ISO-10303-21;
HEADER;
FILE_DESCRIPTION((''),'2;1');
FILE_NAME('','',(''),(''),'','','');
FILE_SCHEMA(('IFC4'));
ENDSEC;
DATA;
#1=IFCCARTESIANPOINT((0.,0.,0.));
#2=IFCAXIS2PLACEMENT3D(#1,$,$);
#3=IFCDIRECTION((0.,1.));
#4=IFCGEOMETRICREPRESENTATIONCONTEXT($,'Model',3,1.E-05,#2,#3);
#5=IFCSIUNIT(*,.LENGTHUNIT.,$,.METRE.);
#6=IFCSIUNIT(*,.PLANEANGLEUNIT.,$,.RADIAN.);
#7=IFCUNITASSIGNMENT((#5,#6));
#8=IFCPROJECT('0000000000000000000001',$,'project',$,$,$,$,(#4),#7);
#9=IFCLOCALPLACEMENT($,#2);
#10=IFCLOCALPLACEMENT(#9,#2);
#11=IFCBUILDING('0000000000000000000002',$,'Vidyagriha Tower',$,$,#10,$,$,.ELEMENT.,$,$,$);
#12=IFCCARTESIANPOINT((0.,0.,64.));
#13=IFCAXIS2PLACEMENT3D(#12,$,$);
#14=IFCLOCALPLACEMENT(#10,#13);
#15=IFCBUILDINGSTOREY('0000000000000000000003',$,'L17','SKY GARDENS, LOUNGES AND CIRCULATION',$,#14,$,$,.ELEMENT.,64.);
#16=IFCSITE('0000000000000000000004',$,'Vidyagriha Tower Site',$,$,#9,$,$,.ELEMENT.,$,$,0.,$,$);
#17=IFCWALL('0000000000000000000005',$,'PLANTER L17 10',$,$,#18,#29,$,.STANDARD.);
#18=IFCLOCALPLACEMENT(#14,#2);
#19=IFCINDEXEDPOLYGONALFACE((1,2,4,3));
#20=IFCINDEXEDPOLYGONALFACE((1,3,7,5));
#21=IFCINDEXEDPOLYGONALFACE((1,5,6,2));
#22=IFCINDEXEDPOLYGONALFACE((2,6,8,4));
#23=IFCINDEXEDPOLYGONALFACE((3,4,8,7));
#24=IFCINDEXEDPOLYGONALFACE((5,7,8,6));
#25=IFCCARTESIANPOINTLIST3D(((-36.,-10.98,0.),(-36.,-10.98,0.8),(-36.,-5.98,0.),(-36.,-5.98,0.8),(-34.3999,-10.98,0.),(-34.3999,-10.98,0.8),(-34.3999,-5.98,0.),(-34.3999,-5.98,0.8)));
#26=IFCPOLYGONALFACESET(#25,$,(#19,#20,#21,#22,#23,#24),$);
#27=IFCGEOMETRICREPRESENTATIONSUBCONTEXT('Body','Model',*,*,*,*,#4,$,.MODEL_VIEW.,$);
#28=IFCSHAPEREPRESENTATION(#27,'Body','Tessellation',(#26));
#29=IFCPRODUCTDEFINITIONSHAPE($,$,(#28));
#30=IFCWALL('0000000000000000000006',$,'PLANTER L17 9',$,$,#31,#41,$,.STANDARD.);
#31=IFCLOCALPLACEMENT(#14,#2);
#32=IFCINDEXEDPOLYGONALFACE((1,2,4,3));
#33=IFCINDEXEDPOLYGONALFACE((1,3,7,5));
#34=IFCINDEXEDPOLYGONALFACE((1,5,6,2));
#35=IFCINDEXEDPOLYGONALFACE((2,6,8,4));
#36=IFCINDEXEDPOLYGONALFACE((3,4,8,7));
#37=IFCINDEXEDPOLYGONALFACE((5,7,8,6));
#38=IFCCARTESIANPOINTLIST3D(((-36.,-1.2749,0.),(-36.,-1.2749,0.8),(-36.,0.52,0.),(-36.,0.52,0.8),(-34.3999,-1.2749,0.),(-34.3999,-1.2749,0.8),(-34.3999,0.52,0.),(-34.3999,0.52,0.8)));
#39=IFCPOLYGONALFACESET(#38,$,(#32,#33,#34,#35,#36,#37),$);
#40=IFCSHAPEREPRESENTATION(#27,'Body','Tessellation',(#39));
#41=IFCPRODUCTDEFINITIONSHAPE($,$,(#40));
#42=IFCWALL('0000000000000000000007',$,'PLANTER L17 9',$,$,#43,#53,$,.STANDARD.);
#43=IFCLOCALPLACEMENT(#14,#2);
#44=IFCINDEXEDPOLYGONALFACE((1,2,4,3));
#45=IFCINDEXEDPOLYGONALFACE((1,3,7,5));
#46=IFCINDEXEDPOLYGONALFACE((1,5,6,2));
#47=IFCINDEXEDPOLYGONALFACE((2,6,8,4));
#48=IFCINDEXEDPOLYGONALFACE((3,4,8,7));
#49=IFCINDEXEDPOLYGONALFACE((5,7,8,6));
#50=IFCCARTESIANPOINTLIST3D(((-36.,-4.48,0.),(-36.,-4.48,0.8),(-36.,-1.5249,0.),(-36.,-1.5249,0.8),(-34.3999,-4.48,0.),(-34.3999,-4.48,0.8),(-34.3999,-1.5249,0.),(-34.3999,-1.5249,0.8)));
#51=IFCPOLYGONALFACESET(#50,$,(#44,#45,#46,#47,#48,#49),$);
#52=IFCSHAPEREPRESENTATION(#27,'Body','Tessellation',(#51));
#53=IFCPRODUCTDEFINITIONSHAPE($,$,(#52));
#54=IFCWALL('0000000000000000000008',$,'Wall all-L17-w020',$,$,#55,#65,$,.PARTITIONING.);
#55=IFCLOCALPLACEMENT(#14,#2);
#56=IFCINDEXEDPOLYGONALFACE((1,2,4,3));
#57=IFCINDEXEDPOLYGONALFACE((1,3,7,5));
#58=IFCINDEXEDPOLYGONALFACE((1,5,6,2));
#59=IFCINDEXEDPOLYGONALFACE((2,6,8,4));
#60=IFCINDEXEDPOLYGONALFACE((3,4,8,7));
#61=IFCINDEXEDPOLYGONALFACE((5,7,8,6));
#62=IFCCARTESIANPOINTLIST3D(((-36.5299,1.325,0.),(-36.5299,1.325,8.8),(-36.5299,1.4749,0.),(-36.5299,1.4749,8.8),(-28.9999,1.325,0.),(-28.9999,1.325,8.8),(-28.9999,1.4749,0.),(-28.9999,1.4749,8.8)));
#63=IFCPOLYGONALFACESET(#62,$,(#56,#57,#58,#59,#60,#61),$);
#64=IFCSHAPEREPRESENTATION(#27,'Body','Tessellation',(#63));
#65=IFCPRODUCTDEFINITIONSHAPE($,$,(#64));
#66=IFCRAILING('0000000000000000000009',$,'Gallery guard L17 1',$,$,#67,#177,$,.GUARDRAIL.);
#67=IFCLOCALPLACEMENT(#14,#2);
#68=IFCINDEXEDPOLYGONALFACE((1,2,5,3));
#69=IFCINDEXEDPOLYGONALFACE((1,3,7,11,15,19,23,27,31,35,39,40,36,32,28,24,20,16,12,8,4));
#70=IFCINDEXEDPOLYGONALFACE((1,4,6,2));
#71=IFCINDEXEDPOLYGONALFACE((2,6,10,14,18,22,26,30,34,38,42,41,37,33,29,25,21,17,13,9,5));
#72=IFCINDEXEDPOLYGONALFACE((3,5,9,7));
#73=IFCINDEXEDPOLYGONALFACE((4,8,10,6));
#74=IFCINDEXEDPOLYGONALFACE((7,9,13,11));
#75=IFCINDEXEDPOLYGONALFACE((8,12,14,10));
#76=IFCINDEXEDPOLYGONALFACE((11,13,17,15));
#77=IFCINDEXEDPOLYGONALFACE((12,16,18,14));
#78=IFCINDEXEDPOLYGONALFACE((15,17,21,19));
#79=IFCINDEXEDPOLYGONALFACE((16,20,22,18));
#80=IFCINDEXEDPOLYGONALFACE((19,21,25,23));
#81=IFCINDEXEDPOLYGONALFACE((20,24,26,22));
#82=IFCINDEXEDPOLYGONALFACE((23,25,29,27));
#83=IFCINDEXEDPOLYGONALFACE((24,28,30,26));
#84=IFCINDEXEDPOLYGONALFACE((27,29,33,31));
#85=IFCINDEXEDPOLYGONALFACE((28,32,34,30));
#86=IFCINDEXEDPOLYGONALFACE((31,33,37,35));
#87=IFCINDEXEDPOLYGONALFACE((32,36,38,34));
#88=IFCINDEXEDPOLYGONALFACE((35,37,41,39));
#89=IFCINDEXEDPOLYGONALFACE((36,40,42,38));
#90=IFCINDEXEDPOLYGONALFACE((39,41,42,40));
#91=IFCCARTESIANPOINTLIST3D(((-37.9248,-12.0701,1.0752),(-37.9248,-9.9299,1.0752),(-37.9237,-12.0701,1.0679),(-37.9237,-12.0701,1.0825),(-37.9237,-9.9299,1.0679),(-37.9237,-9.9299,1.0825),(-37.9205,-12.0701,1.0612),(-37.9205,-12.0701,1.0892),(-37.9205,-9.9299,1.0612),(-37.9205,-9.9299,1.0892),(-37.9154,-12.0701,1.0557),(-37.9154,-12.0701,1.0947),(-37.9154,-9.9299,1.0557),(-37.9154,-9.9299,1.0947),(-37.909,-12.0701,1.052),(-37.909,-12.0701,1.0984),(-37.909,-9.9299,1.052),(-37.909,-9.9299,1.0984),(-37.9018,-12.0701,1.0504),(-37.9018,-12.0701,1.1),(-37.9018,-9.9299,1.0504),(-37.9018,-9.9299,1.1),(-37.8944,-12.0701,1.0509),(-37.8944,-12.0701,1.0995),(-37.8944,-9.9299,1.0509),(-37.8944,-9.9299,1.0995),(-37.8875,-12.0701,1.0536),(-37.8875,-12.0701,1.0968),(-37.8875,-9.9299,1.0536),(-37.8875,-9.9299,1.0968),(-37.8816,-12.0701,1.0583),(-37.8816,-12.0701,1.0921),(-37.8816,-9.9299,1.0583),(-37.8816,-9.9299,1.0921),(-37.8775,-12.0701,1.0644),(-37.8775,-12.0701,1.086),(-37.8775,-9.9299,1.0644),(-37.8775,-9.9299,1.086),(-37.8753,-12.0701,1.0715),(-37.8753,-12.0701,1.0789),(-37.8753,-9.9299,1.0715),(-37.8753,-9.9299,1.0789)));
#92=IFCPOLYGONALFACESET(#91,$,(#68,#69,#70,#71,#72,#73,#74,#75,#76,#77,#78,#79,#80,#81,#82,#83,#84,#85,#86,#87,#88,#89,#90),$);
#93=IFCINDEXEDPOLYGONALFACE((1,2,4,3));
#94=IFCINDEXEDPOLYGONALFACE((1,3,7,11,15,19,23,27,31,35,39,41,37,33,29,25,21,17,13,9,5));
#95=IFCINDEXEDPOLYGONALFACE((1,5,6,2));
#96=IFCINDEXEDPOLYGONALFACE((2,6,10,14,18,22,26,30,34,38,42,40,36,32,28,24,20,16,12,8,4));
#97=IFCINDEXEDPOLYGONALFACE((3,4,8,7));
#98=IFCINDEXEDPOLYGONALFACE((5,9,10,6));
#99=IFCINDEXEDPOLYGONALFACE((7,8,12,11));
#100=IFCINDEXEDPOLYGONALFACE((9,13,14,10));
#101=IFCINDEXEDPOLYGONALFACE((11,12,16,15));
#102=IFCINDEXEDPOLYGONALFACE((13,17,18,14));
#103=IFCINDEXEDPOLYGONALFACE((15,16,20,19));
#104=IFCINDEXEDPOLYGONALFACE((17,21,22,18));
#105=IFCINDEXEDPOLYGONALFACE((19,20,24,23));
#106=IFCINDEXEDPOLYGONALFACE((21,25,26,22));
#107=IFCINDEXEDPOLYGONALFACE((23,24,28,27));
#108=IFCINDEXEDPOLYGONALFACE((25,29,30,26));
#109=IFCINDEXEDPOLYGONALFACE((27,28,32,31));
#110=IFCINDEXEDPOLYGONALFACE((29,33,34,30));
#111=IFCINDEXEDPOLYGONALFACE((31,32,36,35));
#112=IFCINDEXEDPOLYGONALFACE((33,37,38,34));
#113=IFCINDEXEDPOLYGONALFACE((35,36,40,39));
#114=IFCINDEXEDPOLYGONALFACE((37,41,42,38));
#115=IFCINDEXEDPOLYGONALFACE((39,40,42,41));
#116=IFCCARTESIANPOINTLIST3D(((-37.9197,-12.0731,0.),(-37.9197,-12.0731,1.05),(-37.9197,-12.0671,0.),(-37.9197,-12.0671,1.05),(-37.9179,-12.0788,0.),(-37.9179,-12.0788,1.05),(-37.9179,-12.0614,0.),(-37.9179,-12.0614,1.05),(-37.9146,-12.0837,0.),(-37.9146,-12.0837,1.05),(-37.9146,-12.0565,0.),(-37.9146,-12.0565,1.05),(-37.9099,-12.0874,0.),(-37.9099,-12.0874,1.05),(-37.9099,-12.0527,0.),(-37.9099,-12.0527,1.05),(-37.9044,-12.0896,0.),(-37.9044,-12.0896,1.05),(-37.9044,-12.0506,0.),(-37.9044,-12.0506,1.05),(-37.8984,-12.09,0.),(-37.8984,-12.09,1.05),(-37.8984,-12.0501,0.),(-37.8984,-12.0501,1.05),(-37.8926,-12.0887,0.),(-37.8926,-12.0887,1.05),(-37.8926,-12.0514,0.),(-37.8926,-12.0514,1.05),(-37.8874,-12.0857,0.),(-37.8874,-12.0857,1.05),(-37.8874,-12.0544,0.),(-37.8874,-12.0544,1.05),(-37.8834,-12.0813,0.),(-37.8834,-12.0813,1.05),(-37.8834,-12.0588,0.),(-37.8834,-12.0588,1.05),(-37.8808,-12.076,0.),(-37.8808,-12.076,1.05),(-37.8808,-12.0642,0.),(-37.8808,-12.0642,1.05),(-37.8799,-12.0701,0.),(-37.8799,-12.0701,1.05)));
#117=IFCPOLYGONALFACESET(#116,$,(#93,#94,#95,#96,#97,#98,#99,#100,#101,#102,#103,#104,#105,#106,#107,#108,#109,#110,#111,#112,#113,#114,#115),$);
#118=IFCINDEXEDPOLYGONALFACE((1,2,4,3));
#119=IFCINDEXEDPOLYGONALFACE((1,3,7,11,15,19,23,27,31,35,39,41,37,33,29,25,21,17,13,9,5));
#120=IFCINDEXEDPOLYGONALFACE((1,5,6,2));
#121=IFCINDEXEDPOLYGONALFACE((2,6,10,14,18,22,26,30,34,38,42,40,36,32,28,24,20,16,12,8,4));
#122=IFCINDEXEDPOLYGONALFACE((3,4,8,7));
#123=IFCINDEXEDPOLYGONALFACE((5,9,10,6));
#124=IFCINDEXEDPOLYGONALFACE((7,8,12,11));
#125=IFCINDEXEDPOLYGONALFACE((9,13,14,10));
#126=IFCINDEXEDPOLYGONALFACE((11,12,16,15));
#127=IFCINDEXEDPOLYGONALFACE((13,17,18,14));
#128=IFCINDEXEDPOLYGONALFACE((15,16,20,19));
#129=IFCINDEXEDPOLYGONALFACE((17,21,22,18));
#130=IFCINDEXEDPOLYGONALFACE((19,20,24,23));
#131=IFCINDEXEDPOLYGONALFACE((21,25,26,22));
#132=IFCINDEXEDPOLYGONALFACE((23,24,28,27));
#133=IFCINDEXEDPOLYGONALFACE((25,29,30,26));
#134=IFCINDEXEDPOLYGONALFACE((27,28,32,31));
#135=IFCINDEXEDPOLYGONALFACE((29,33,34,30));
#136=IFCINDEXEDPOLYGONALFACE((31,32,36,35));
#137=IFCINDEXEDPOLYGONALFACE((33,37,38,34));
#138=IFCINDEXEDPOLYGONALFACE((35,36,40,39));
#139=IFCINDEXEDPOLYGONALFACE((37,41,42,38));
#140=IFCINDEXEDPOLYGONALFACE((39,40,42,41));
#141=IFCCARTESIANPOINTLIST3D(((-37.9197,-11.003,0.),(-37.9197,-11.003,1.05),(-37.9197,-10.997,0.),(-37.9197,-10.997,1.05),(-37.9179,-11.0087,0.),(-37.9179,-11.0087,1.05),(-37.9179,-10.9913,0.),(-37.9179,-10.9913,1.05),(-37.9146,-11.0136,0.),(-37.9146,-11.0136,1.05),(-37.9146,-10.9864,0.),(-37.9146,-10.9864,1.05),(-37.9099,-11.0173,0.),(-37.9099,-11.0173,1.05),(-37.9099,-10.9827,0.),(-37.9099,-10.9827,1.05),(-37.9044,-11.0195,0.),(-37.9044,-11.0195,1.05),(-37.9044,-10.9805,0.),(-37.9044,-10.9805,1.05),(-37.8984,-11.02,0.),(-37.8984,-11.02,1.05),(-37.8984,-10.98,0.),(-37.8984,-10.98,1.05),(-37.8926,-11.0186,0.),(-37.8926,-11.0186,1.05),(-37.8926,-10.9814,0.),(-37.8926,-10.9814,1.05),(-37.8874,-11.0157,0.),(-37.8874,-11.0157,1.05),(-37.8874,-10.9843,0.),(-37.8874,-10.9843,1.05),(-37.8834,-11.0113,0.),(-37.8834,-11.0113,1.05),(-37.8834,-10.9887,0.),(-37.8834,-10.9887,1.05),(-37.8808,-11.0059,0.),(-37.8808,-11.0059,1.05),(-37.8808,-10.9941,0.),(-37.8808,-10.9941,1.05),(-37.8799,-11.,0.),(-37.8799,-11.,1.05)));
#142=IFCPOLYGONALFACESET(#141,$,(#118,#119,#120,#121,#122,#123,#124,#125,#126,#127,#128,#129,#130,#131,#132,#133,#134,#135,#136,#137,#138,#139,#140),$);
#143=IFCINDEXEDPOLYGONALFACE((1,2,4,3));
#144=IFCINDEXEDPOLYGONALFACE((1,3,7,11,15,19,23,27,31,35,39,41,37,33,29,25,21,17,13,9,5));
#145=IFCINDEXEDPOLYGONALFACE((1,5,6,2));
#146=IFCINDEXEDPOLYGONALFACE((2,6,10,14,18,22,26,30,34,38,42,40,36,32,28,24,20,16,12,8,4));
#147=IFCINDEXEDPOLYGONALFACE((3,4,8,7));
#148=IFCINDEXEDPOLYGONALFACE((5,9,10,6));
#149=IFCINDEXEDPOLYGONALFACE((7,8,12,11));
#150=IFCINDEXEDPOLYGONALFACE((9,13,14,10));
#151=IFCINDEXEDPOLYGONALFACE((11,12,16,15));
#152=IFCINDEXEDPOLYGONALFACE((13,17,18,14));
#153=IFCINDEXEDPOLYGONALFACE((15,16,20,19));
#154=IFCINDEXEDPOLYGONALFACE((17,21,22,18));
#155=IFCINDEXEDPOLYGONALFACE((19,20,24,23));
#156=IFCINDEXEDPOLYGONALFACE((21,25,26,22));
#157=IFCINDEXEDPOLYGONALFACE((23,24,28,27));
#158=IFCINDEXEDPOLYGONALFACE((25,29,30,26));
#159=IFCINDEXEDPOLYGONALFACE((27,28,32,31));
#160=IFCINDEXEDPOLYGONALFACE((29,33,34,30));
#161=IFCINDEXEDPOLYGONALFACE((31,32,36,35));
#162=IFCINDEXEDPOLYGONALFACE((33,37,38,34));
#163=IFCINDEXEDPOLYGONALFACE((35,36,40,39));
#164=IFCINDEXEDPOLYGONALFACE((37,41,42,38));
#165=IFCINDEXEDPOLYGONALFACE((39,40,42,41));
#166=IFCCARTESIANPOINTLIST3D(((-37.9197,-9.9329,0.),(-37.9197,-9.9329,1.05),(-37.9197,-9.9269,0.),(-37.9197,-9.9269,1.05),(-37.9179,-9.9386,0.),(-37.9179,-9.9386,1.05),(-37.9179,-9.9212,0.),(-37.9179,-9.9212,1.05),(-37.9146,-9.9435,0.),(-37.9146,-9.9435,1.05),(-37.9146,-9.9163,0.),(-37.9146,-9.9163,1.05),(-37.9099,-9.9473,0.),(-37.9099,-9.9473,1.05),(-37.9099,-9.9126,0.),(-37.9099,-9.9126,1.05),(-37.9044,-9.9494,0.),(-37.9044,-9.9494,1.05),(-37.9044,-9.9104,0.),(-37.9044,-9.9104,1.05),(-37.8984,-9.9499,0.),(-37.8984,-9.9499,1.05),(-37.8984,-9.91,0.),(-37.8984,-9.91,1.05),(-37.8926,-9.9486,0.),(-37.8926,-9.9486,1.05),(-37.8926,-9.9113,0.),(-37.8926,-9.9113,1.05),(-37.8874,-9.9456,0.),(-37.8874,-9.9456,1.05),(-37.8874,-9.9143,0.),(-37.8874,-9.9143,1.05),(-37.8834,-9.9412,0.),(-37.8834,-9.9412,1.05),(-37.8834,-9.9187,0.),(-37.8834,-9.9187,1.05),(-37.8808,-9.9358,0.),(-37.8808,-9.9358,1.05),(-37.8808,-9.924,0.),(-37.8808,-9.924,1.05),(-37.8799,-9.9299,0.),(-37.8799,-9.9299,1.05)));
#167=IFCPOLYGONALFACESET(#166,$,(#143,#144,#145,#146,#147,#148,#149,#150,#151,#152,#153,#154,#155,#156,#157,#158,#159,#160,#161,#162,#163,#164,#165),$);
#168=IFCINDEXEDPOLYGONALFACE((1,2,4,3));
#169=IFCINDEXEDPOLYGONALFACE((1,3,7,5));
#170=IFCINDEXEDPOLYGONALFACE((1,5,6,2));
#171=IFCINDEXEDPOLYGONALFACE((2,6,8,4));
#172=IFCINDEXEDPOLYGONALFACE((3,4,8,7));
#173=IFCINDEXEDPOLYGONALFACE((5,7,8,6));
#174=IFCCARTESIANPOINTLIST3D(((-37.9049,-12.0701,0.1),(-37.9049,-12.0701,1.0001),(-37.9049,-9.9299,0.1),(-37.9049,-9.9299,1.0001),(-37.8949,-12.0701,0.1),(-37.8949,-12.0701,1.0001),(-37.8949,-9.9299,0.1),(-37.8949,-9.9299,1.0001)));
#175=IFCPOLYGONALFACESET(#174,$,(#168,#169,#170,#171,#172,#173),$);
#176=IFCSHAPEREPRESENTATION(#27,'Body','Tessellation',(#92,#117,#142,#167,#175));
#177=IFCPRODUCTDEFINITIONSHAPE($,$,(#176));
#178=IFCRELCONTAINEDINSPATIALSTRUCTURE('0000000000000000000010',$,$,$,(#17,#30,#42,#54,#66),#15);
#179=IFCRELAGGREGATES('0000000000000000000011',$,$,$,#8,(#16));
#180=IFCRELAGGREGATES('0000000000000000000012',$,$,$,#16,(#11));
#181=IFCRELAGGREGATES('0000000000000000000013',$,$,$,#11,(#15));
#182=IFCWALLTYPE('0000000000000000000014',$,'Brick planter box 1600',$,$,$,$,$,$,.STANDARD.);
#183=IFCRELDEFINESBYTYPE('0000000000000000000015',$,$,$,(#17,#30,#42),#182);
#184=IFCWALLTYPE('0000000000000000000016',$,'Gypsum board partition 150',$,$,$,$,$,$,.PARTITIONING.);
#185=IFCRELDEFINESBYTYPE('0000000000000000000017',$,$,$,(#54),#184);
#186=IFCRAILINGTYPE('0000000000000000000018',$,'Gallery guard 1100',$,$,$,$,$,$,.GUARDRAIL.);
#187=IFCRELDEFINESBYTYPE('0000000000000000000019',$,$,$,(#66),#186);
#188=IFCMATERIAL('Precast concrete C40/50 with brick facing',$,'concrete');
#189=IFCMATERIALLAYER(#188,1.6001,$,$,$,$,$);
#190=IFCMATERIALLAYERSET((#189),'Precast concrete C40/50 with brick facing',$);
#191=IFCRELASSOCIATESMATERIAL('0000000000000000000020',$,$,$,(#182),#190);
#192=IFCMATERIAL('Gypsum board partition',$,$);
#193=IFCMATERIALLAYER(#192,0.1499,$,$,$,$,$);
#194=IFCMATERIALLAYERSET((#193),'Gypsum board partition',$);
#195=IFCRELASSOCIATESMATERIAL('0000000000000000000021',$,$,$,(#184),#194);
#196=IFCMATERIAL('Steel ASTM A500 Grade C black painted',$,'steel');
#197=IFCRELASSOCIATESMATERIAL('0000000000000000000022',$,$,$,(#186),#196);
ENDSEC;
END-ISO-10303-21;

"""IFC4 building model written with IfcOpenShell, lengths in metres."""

from ifc_helpers import new_model, si_unit, direction, frame, frame_2d, origin, origin_2d, place, context, subcontext, project, spatial, rectangle, circle, extrude, material, layer, layer_set, type_object, element, save


model = new_model("IFC4")

# Units and contexts
model_context = context("Model", 3, precision=1e-05, world=origin(), true_north=direction((0.0, 1.0)))
body_context = subcontext(model_context, "Body", "Model", "MODEL_VIEW")
ifc_project = project(units=[si_unit("LENGTHUNIT", "METRE"), si_unit("PLANEANGLEUNIT", "RADIAN")], contexts=[model_context])

# Site, building, storey
site_placement = place(None, origin())
site = spatial("IfcSite", under=ifc_project, at=site_placement, Name="Vidyagriha Tower Site", CompositionType="ELEMENT", RefElevation=0.0)
building_placement = place(site_placement, origin())
building = spatial("IfcBuilding", under=site, at=building_placement, Name="Vidyagriha Tower", CompositionType="ELEMENT")
storey_placement = place(building_placement, frame((0.0, 0.0, 64.0)))
storey = spatial("IfcBuildingStorey", under=building, at=storey_placement, Name="L17", Description="SKY GARDENS, LOUNGES AND CIRCULATION", CompositionType="ELEMENT", Elevation=64.0)

# Walls
ifc_material_1 = material(Name="Precast concrete C40/50 with brick facing", Category="concrete")
ifc_layer_1 = layer(ifc_material_1, 1.6001)
ifc_layer_set_1 = layer_set([ifc_layer_1], Name="Precast concrete C40/50 with brick facing")
wall_type_1 = type_object("IfcWallType", Name="Brick planter box 1600", PredefinedType="STANDARD", material=ifc_layer_set_1)
wall_1_placement = place(storey_placement, frame((-35.2, -5.98, 0.0), z_axis=(0.0, 0.0, 1.0), x_axis=(0.0, -1.0, 0.0)))
element("IfcWall", 1, at=wall_1_placement, inside=storey, type_object=wall_type_1, Name="PLANTER L17 10", PredefinedType="STANDARD", context=body_context, shape_type="SweptSolid", body=[
    extrude(rectangle(XDim=5.0, YDim=1.6001, at=frame_2d((2.5, 0.0))), origin(), (0.0, 0.0, 1.0), 0.8),
])
wall_2_placement = place(storey_placement, frame((-35.2, 0.52, 0.0), z_axis=(0.0, 0.0, 1.0), x_axis=(0.0, -1.0, 0.0)))
element("IfcWall", 2, at=wall_2_placement, inside=storey, type_object=wall_type_1, Name="PLANTER L17 9", PredefinedType="STANDARD", context=body_context, shape_type="SweptSolid", body=[
    extrude(rectangle(XDim=1.7949, YDim=1.6001, at=frame_2d((0.8975, 0.0))), origin(), (0.0, 0.0, 1.0), 0.8),
])
wall_3_placement = place(storey_placement, frame((-35.2, -1.5249, 0.0), z_axis=(0.0, 0.0, 1.0), x_axis=(0.0, -1.0, 0.0)))
element("IfcWall", 3, at=wall_3_placement, inside=storey, type_object=wall_type_1, Name="PLANTER L17 9", PredefinedType="STANDARD", context=body_context, shape_type="SweptSolid", body=[
    extrude(rectangle(XDim=2.9551, YDim=1.6001, at=frame_2d((1.4775, 0.0))), origin(), (0.0, 0.0, 1.0), 0.8),
])
ifc_material_2 = material(Name="Gypsum board partition")
ifc_layer_2 = layer(ifc_material_2, 0.1499)
ifc_layer_set_2 = layer_set([ifc_layer_2], Name="Gypsum board partition")
wall_type_2 = type_object("IfcWallType", Name="Gypsum board partition 150", PredefinedType="PARTITIONING", material=ifc_layer_set_2)
wall_4_placement = place(storey_placement, frame((-36.53, 1.3999, 0.0)))
element("IfcWall", 4, at=wall_4_placement, inside=storey, type_object=wall_type_2, Name="Wall all-L17-w020", PredefinedType="PARTITIONING", context=body_context, shape_type="SweptSolid", body=[
    extrude(rectangle(XDim=7.53, YDim=0.1499, at=frame_2d((3.7651, 0.0))), origin(), (0.0, 0.0, 1.0), 8.8),
])

# Railing
ifc_material_3 = material(Name="Steel ASTM A500 Grade C black painted", Category="steel")
railing_type = type_object("IfcRailingType", Name="Gallery guard 1100", PredefinedType="GUARDRAIL", material=ifc_material_3)
railing_1_placement = place(storey_placement, frame((-37.8999, -12.0701, 0.0)))
element("IfcRailing", 5, at=railing_1_placement, inside=storey, type_object=railing_type, Name="Gallery guard L17 1", PredefinedType="GUARDRAIL", context=body_context, shape_type="SweptSolid", body=[
    extrude(circle(Radius=0.0249, at=origin_2d()), frame((0.0, 0.0, 1.0752), z_axis=(0.0, 1.0, 0.0), x_axis=(-1.0, 0.0, 0.0)), (0.0, 0.0, 1.0), 2.1401),
    extrude(circle(Radius=0.02, at=origin_2d()), origin(), (0.0, 0.0, 1.0), 1.05),
    extrude(circle(Radius=0.02, at=origin_2d()), frame((0.0, 1.0701, 0.0)), (0.0, 0.0, 1.0), 1.05),
    extrude(circle(Radius=0.02, at=origin_2d()), frame((0.0, 2.1401, 0.0)), (0.0, 0.0, 1.0), 1.05),
    extrude(rectangle(XDim=0.01, YDim=0.9001, at=origin_2d()), frame((0.0, 0.0, 0.55), z_axis=(0.0, 1.0, 0.0), x_axis=(-1.0, 0.0, 0.0)), (0.0, 0.0, 1.0), 2.1401),
])

save(model, "model.ifc")
